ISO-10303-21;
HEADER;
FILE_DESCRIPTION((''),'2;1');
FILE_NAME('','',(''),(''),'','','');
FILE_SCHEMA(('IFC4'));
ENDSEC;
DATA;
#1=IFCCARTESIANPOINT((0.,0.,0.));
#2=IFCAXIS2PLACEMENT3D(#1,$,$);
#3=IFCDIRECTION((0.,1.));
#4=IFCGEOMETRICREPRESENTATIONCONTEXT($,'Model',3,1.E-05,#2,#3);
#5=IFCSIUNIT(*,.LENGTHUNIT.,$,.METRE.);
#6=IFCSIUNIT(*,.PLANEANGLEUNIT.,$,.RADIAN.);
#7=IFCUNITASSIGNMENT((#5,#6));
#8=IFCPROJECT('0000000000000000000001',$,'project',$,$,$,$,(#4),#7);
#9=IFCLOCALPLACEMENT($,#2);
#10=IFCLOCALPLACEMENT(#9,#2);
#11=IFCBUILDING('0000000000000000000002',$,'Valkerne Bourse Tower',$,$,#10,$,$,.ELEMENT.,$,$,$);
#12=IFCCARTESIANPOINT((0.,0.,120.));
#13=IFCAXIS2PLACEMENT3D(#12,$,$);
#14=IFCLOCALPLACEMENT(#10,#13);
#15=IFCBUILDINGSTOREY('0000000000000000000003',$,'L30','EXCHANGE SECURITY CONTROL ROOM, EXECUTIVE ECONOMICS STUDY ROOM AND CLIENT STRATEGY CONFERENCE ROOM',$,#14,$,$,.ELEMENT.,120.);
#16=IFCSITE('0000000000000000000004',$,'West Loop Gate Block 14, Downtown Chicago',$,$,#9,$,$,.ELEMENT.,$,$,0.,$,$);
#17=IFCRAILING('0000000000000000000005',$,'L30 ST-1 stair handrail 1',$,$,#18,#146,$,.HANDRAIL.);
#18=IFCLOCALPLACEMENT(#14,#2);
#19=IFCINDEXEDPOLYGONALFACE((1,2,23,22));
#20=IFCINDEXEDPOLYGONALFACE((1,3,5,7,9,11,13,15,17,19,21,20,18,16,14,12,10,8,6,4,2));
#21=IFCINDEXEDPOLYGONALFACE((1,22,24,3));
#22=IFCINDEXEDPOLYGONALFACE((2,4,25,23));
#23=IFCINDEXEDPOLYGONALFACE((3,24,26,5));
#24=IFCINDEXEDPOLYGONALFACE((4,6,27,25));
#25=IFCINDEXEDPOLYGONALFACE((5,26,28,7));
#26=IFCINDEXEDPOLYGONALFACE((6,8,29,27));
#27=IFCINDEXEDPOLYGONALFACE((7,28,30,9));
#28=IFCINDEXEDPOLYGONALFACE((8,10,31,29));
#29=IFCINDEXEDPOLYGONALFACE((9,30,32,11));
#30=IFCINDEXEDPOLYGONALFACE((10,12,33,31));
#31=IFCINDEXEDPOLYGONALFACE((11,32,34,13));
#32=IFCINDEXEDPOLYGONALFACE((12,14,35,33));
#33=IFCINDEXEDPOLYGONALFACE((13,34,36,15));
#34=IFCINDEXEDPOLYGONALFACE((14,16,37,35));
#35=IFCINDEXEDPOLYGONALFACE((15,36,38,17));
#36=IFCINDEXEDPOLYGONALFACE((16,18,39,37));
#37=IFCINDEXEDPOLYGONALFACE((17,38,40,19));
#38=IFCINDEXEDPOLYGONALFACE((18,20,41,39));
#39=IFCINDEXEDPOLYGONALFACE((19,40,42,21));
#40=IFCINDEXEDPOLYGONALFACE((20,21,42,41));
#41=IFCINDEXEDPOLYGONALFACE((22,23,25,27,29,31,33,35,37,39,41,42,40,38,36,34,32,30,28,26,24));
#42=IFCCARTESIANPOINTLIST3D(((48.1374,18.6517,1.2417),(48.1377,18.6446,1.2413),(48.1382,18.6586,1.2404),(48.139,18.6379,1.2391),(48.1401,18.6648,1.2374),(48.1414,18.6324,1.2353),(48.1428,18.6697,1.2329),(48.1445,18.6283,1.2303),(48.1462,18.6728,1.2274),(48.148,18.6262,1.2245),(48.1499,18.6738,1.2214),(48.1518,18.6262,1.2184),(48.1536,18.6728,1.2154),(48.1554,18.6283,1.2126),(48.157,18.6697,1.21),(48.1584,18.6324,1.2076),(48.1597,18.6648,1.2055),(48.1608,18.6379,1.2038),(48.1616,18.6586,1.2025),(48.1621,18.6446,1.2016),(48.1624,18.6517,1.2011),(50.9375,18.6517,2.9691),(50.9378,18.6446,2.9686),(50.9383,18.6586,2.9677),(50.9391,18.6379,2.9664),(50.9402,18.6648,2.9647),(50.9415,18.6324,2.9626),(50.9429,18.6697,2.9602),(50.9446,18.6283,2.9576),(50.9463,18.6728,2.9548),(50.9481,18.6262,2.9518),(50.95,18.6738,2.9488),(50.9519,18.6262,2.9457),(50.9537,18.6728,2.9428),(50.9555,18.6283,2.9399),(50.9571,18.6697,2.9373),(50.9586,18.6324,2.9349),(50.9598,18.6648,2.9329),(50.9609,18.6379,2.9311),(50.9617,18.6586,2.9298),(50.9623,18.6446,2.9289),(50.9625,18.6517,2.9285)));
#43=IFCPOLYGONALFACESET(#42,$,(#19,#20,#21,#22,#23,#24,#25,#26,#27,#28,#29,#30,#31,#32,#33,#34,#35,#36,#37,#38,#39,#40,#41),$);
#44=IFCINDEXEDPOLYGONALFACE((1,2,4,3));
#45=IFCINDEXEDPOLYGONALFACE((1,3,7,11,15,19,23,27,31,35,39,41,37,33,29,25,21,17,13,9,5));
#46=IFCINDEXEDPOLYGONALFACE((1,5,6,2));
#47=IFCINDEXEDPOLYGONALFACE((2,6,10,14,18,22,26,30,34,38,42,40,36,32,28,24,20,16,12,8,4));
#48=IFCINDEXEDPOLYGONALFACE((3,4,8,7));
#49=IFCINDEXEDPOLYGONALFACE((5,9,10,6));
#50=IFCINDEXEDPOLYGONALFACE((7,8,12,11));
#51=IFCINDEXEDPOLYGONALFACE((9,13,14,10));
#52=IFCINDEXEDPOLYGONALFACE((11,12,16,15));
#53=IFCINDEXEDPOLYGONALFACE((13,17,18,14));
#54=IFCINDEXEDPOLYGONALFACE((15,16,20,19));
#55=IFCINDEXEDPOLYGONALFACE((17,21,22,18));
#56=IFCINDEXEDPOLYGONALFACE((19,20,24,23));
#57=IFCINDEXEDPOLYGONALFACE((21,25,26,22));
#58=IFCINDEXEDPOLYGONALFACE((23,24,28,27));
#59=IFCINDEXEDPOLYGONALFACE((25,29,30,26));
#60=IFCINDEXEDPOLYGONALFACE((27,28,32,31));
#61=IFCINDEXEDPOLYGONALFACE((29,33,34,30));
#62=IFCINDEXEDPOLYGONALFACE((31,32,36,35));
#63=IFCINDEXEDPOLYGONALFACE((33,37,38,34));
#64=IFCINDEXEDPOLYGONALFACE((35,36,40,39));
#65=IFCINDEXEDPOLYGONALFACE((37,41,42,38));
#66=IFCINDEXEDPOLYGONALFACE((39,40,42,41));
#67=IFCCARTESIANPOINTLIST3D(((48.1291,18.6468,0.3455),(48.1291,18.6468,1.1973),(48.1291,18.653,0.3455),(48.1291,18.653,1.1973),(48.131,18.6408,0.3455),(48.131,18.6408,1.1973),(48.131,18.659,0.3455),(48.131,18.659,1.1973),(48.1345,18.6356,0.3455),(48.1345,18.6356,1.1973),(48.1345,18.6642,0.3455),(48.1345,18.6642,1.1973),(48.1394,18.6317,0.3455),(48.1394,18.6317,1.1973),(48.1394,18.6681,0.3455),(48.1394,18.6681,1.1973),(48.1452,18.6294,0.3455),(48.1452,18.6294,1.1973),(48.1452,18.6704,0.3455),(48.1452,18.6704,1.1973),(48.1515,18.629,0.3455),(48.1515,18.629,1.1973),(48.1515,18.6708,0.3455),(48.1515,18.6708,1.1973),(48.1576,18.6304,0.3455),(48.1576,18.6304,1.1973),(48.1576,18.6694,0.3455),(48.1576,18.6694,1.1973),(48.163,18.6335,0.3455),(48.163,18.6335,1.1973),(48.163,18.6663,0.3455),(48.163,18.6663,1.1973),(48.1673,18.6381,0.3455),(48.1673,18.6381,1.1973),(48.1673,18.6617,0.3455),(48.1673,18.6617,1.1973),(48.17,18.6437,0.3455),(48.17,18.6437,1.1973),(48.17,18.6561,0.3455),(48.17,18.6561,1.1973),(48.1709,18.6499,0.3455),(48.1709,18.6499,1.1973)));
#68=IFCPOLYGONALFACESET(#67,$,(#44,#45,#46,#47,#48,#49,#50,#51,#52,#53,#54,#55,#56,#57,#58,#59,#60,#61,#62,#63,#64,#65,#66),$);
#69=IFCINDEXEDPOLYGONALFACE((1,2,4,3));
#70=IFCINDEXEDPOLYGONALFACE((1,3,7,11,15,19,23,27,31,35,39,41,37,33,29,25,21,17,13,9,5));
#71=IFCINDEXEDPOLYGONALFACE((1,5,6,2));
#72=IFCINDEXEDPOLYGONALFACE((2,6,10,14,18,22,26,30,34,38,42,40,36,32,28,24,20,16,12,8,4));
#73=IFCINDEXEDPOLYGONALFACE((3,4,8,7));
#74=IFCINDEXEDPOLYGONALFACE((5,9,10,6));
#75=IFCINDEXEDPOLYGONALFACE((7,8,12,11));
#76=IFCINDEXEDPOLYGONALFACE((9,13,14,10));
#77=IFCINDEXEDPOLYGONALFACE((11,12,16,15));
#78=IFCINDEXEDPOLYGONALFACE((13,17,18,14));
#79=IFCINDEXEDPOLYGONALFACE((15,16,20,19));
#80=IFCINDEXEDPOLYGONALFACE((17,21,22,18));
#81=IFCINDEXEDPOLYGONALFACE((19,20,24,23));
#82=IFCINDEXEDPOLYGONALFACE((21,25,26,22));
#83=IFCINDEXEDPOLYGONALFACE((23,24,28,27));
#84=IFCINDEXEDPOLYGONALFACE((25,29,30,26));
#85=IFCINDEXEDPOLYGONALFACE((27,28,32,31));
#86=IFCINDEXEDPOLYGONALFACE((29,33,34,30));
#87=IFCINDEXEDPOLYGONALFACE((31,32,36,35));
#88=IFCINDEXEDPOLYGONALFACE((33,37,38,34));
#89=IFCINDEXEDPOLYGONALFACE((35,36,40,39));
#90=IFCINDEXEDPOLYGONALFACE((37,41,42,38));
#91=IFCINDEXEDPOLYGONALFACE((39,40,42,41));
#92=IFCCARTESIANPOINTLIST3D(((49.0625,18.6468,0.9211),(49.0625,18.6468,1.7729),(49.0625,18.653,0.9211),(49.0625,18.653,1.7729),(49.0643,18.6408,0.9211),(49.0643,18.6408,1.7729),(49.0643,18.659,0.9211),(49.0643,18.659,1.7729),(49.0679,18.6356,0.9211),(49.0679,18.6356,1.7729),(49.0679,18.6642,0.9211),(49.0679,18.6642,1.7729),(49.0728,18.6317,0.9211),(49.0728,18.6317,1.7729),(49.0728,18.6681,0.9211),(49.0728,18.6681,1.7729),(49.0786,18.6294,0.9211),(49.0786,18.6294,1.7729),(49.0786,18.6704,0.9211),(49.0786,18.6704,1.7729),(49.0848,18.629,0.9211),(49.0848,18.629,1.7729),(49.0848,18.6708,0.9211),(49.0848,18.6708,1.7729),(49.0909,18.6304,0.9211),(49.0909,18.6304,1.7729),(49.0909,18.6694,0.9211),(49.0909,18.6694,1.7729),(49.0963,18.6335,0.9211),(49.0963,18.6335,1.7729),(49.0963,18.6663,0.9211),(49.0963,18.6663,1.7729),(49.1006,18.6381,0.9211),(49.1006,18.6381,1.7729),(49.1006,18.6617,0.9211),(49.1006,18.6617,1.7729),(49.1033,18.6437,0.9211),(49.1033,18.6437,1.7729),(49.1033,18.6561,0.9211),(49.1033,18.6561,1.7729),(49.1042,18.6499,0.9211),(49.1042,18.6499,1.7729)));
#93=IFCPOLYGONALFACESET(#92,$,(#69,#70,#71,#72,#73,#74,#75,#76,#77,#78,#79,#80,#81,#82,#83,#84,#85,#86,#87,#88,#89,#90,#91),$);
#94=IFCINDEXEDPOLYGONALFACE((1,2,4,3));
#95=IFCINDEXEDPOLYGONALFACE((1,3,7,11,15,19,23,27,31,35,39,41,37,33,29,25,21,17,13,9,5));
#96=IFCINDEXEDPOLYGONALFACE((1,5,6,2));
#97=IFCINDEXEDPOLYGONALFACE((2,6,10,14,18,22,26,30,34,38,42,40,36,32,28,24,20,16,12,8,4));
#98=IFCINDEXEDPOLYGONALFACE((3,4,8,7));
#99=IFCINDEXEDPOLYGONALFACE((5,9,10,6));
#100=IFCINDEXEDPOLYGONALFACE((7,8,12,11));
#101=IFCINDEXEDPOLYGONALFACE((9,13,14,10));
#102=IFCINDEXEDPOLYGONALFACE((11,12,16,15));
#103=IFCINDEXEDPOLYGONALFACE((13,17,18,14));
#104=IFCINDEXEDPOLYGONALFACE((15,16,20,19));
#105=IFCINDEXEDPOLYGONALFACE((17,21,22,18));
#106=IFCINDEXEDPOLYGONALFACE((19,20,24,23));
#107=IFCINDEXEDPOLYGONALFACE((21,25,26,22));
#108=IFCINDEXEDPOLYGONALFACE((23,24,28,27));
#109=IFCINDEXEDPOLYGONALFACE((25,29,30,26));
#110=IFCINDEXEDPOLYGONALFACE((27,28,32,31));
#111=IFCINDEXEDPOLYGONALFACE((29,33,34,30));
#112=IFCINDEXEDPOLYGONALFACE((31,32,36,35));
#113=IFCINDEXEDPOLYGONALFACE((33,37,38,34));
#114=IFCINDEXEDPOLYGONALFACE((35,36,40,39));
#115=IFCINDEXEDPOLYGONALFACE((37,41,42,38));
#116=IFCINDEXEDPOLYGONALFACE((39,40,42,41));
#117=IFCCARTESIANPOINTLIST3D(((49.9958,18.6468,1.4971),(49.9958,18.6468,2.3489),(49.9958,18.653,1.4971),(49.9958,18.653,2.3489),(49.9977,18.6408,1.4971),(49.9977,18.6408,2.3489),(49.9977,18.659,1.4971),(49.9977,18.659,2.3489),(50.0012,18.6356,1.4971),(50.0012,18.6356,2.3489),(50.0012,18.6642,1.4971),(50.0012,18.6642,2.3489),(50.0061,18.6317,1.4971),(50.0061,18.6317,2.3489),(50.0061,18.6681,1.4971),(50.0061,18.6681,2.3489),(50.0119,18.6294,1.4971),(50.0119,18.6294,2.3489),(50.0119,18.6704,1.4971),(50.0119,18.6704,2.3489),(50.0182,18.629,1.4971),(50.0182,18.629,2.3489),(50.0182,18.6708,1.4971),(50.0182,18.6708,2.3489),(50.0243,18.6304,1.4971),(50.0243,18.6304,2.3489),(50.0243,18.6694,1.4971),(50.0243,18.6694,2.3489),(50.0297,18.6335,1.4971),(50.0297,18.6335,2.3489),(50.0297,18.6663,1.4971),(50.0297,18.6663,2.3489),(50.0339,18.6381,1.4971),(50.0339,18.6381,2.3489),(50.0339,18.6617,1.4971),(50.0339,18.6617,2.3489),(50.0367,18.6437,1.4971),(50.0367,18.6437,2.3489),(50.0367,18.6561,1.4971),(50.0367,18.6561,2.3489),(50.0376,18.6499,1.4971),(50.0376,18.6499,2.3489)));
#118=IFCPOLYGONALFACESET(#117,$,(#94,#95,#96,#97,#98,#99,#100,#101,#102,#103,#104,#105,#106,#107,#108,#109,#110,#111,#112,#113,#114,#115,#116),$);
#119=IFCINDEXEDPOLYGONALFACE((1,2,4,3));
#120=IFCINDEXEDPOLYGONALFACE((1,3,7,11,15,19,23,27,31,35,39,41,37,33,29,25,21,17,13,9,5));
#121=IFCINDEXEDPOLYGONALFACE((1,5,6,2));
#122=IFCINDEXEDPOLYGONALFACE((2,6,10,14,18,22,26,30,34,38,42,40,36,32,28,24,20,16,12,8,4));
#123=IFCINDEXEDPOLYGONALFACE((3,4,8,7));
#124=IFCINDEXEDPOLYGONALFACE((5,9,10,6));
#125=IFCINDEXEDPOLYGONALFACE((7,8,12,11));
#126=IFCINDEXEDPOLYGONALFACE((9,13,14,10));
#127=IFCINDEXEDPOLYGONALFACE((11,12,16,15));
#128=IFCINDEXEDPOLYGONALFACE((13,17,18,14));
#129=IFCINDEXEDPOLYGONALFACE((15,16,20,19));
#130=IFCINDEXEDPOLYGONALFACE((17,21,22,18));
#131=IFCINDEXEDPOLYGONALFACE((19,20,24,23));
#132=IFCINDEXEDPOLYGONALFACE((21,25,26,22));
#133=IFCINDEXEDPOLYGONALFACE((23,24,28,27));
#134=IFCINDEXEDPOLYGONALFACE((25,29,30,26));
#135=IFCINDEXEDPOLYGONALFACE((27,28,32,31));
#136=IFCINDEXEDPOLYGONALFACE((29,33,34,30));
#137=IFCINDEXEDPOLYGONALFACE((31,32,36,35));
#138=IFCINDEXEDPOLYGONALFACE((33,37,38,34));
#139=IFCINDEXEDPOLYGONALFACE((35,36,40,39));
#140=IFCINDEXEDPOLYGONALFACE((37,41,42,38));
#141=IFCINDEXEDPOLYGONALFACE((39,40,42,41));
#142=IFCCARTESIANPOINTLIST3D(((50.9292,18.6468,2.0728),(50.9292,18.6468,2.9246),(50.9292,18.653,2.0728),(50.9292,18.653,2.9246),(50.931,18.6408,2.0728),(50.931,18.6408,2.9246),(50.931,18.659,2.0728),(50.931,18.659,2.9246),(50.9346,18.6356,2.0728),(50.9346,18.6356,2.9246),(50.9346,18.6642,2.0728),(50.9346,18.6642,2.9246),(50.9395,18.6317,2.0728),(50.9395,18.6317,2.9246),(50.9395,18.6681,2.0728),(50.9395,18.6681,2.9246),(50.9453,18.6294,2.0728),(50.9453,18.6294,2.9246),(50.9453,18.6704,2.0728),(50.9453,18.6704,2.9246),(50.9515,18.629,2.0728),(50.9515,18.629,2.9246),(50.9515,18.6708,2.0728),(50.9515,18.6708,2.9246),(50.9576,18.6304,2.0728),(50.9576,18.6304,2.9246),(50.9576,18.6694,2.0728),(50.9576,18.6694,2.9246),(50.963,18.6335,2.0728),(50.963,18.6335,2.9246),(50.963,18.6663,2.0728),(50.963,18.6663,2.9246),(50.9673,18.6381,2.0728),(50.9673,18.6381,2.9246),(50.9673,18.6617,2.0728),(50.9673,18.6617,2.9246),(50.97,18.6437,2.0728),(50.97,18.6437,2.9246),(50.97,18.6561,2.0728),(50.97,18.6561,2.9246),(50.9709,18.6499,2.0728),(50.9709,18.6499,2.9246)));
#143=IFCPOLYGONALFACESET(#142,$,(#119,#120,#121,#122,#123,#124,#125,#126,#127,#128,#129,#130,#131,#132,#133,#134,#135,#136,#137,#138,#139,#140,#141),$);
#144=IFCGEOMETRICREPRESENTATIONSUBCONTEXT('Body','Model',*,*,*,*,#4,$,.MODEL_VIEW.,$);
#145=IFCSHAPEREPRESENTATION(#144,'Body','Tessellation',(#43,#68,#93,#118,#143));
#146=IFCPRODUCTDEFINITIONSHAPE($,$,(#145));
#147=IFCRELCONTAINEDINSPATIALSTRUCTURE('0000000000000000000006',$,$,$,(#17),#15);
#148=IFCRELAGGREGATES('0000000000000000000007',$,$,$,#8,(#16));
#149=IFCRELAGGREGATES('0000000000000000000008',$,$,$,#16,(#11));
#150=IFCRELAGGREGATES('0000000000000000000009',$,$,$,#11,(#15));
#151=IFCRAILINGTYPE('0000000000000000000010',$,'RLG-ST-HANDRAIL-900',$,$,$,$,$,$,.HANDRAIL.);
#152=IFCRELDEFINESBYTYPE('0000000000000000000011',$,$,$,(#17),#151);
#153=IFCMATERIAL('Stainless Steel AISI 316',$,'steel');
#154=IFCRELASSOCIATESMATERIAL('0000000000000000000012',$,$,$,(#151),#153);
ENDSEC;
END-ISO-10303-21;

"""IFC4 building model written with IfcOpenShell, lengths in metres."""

from ifc_helpers import new_model, si_unit, direction, frame, origin, origin_2d, place, context, subcontext, project, spatial, circle, extrude, material, type_object, element, save


model = new_model("IFC4")

# Units and contexts
model_context = context("Model", 3, precision=1e-05, world=origin(), true_north=direction((0.0, 1.0)))
body_context = subcontext(model_context, "Body", "Model", "MODEL_VIEW")
ifc_project = project(units=[si_unit("LENGTHUNIT", "METRE"), si_unit("PLANEANGLEUNIT", "RADIAN")], contexts=[model_context])

# Site, building, storey
site_placement = place(None, origin())
site = spatial("IfcSite", under=ifc_project, at=site_placement, Name="West Loop Gate Block 14, Downtown Chicago", CompositionType="ELEMENT", RefElevation=0.0)
building_placement = place(site_placement, origin())
building = spatial("IfcBuilding", under=site, at=building_placement, Name="Valkerne Bourse Tower", CompositionType="ELEMENT")
storey_placement = place(building_placement, frame((0.0, 0.0, 120.0)))
storey = spatial("IfcBuildingStorey", under=building, at=storey_placement, Name="L30", Description="EXCHANGE SECURITY CONTROL ROOM, EXECUTIVE ECONOMICS STUDY ROOM AND CLIENT STRATEGY CONFERENCE ROOM", CompositionType="ELEMENT", Elevation=120.0)

# Shared definitions
ifc_material_1 = material(Name="Stainless Steel AISI 316", Category="steel")

# Railing
railing_type_1 = type_object("IfcRailingType", Name="RLG-ST-HANDRAIL-900", PredefinedType="HANDRAIL", material=ifc_material_1)
railing_1_placement = place(storey_placement, frame((48.1499, 18.6499, 0.3455)))
element("IfcRailing", 1, at=railing_1_placement, inside=storey, type_object=railing_type_1, Name="L30 ST-1 stair handrail 1", PredefinedType="HANDRAIL", context=body_context, shape_type="SweptSolid", body=[
    extrude(circle(Radius=0.0239, at=origin_2d()), frame((0.0, 0.0, 0.876), z_axis=(0.85109, 0.0, 0.52502), x_axis=(0.0, 1.0, 0.0)), (0.0, 0.0, 1.0), 3.29),
    extrude(circle(Radius=0.021, at=origin_2d()), origin(), (0.0, 0.0, 1.0), 0.8518),
    extrude(circle(Radius=0.021, at=origin_2d()), frame((0.9333, 0.0, 0.5757)), (0.0, 0.0, 1.0), 0.8518),
    extrude(circle(Radius=0.021, at=origin_2d()), frame((1.8667, 0.0, 1.1516)), (0.0, 0.0, 1.0), 0.8518),
    extrude(circle(Radius=0.021, at=origin_2d()), frame((2.8, 0.0, 1.7273)), (0.0, 0.0, 1.0), 0.8518),
])

save(model, "model.ifc")
